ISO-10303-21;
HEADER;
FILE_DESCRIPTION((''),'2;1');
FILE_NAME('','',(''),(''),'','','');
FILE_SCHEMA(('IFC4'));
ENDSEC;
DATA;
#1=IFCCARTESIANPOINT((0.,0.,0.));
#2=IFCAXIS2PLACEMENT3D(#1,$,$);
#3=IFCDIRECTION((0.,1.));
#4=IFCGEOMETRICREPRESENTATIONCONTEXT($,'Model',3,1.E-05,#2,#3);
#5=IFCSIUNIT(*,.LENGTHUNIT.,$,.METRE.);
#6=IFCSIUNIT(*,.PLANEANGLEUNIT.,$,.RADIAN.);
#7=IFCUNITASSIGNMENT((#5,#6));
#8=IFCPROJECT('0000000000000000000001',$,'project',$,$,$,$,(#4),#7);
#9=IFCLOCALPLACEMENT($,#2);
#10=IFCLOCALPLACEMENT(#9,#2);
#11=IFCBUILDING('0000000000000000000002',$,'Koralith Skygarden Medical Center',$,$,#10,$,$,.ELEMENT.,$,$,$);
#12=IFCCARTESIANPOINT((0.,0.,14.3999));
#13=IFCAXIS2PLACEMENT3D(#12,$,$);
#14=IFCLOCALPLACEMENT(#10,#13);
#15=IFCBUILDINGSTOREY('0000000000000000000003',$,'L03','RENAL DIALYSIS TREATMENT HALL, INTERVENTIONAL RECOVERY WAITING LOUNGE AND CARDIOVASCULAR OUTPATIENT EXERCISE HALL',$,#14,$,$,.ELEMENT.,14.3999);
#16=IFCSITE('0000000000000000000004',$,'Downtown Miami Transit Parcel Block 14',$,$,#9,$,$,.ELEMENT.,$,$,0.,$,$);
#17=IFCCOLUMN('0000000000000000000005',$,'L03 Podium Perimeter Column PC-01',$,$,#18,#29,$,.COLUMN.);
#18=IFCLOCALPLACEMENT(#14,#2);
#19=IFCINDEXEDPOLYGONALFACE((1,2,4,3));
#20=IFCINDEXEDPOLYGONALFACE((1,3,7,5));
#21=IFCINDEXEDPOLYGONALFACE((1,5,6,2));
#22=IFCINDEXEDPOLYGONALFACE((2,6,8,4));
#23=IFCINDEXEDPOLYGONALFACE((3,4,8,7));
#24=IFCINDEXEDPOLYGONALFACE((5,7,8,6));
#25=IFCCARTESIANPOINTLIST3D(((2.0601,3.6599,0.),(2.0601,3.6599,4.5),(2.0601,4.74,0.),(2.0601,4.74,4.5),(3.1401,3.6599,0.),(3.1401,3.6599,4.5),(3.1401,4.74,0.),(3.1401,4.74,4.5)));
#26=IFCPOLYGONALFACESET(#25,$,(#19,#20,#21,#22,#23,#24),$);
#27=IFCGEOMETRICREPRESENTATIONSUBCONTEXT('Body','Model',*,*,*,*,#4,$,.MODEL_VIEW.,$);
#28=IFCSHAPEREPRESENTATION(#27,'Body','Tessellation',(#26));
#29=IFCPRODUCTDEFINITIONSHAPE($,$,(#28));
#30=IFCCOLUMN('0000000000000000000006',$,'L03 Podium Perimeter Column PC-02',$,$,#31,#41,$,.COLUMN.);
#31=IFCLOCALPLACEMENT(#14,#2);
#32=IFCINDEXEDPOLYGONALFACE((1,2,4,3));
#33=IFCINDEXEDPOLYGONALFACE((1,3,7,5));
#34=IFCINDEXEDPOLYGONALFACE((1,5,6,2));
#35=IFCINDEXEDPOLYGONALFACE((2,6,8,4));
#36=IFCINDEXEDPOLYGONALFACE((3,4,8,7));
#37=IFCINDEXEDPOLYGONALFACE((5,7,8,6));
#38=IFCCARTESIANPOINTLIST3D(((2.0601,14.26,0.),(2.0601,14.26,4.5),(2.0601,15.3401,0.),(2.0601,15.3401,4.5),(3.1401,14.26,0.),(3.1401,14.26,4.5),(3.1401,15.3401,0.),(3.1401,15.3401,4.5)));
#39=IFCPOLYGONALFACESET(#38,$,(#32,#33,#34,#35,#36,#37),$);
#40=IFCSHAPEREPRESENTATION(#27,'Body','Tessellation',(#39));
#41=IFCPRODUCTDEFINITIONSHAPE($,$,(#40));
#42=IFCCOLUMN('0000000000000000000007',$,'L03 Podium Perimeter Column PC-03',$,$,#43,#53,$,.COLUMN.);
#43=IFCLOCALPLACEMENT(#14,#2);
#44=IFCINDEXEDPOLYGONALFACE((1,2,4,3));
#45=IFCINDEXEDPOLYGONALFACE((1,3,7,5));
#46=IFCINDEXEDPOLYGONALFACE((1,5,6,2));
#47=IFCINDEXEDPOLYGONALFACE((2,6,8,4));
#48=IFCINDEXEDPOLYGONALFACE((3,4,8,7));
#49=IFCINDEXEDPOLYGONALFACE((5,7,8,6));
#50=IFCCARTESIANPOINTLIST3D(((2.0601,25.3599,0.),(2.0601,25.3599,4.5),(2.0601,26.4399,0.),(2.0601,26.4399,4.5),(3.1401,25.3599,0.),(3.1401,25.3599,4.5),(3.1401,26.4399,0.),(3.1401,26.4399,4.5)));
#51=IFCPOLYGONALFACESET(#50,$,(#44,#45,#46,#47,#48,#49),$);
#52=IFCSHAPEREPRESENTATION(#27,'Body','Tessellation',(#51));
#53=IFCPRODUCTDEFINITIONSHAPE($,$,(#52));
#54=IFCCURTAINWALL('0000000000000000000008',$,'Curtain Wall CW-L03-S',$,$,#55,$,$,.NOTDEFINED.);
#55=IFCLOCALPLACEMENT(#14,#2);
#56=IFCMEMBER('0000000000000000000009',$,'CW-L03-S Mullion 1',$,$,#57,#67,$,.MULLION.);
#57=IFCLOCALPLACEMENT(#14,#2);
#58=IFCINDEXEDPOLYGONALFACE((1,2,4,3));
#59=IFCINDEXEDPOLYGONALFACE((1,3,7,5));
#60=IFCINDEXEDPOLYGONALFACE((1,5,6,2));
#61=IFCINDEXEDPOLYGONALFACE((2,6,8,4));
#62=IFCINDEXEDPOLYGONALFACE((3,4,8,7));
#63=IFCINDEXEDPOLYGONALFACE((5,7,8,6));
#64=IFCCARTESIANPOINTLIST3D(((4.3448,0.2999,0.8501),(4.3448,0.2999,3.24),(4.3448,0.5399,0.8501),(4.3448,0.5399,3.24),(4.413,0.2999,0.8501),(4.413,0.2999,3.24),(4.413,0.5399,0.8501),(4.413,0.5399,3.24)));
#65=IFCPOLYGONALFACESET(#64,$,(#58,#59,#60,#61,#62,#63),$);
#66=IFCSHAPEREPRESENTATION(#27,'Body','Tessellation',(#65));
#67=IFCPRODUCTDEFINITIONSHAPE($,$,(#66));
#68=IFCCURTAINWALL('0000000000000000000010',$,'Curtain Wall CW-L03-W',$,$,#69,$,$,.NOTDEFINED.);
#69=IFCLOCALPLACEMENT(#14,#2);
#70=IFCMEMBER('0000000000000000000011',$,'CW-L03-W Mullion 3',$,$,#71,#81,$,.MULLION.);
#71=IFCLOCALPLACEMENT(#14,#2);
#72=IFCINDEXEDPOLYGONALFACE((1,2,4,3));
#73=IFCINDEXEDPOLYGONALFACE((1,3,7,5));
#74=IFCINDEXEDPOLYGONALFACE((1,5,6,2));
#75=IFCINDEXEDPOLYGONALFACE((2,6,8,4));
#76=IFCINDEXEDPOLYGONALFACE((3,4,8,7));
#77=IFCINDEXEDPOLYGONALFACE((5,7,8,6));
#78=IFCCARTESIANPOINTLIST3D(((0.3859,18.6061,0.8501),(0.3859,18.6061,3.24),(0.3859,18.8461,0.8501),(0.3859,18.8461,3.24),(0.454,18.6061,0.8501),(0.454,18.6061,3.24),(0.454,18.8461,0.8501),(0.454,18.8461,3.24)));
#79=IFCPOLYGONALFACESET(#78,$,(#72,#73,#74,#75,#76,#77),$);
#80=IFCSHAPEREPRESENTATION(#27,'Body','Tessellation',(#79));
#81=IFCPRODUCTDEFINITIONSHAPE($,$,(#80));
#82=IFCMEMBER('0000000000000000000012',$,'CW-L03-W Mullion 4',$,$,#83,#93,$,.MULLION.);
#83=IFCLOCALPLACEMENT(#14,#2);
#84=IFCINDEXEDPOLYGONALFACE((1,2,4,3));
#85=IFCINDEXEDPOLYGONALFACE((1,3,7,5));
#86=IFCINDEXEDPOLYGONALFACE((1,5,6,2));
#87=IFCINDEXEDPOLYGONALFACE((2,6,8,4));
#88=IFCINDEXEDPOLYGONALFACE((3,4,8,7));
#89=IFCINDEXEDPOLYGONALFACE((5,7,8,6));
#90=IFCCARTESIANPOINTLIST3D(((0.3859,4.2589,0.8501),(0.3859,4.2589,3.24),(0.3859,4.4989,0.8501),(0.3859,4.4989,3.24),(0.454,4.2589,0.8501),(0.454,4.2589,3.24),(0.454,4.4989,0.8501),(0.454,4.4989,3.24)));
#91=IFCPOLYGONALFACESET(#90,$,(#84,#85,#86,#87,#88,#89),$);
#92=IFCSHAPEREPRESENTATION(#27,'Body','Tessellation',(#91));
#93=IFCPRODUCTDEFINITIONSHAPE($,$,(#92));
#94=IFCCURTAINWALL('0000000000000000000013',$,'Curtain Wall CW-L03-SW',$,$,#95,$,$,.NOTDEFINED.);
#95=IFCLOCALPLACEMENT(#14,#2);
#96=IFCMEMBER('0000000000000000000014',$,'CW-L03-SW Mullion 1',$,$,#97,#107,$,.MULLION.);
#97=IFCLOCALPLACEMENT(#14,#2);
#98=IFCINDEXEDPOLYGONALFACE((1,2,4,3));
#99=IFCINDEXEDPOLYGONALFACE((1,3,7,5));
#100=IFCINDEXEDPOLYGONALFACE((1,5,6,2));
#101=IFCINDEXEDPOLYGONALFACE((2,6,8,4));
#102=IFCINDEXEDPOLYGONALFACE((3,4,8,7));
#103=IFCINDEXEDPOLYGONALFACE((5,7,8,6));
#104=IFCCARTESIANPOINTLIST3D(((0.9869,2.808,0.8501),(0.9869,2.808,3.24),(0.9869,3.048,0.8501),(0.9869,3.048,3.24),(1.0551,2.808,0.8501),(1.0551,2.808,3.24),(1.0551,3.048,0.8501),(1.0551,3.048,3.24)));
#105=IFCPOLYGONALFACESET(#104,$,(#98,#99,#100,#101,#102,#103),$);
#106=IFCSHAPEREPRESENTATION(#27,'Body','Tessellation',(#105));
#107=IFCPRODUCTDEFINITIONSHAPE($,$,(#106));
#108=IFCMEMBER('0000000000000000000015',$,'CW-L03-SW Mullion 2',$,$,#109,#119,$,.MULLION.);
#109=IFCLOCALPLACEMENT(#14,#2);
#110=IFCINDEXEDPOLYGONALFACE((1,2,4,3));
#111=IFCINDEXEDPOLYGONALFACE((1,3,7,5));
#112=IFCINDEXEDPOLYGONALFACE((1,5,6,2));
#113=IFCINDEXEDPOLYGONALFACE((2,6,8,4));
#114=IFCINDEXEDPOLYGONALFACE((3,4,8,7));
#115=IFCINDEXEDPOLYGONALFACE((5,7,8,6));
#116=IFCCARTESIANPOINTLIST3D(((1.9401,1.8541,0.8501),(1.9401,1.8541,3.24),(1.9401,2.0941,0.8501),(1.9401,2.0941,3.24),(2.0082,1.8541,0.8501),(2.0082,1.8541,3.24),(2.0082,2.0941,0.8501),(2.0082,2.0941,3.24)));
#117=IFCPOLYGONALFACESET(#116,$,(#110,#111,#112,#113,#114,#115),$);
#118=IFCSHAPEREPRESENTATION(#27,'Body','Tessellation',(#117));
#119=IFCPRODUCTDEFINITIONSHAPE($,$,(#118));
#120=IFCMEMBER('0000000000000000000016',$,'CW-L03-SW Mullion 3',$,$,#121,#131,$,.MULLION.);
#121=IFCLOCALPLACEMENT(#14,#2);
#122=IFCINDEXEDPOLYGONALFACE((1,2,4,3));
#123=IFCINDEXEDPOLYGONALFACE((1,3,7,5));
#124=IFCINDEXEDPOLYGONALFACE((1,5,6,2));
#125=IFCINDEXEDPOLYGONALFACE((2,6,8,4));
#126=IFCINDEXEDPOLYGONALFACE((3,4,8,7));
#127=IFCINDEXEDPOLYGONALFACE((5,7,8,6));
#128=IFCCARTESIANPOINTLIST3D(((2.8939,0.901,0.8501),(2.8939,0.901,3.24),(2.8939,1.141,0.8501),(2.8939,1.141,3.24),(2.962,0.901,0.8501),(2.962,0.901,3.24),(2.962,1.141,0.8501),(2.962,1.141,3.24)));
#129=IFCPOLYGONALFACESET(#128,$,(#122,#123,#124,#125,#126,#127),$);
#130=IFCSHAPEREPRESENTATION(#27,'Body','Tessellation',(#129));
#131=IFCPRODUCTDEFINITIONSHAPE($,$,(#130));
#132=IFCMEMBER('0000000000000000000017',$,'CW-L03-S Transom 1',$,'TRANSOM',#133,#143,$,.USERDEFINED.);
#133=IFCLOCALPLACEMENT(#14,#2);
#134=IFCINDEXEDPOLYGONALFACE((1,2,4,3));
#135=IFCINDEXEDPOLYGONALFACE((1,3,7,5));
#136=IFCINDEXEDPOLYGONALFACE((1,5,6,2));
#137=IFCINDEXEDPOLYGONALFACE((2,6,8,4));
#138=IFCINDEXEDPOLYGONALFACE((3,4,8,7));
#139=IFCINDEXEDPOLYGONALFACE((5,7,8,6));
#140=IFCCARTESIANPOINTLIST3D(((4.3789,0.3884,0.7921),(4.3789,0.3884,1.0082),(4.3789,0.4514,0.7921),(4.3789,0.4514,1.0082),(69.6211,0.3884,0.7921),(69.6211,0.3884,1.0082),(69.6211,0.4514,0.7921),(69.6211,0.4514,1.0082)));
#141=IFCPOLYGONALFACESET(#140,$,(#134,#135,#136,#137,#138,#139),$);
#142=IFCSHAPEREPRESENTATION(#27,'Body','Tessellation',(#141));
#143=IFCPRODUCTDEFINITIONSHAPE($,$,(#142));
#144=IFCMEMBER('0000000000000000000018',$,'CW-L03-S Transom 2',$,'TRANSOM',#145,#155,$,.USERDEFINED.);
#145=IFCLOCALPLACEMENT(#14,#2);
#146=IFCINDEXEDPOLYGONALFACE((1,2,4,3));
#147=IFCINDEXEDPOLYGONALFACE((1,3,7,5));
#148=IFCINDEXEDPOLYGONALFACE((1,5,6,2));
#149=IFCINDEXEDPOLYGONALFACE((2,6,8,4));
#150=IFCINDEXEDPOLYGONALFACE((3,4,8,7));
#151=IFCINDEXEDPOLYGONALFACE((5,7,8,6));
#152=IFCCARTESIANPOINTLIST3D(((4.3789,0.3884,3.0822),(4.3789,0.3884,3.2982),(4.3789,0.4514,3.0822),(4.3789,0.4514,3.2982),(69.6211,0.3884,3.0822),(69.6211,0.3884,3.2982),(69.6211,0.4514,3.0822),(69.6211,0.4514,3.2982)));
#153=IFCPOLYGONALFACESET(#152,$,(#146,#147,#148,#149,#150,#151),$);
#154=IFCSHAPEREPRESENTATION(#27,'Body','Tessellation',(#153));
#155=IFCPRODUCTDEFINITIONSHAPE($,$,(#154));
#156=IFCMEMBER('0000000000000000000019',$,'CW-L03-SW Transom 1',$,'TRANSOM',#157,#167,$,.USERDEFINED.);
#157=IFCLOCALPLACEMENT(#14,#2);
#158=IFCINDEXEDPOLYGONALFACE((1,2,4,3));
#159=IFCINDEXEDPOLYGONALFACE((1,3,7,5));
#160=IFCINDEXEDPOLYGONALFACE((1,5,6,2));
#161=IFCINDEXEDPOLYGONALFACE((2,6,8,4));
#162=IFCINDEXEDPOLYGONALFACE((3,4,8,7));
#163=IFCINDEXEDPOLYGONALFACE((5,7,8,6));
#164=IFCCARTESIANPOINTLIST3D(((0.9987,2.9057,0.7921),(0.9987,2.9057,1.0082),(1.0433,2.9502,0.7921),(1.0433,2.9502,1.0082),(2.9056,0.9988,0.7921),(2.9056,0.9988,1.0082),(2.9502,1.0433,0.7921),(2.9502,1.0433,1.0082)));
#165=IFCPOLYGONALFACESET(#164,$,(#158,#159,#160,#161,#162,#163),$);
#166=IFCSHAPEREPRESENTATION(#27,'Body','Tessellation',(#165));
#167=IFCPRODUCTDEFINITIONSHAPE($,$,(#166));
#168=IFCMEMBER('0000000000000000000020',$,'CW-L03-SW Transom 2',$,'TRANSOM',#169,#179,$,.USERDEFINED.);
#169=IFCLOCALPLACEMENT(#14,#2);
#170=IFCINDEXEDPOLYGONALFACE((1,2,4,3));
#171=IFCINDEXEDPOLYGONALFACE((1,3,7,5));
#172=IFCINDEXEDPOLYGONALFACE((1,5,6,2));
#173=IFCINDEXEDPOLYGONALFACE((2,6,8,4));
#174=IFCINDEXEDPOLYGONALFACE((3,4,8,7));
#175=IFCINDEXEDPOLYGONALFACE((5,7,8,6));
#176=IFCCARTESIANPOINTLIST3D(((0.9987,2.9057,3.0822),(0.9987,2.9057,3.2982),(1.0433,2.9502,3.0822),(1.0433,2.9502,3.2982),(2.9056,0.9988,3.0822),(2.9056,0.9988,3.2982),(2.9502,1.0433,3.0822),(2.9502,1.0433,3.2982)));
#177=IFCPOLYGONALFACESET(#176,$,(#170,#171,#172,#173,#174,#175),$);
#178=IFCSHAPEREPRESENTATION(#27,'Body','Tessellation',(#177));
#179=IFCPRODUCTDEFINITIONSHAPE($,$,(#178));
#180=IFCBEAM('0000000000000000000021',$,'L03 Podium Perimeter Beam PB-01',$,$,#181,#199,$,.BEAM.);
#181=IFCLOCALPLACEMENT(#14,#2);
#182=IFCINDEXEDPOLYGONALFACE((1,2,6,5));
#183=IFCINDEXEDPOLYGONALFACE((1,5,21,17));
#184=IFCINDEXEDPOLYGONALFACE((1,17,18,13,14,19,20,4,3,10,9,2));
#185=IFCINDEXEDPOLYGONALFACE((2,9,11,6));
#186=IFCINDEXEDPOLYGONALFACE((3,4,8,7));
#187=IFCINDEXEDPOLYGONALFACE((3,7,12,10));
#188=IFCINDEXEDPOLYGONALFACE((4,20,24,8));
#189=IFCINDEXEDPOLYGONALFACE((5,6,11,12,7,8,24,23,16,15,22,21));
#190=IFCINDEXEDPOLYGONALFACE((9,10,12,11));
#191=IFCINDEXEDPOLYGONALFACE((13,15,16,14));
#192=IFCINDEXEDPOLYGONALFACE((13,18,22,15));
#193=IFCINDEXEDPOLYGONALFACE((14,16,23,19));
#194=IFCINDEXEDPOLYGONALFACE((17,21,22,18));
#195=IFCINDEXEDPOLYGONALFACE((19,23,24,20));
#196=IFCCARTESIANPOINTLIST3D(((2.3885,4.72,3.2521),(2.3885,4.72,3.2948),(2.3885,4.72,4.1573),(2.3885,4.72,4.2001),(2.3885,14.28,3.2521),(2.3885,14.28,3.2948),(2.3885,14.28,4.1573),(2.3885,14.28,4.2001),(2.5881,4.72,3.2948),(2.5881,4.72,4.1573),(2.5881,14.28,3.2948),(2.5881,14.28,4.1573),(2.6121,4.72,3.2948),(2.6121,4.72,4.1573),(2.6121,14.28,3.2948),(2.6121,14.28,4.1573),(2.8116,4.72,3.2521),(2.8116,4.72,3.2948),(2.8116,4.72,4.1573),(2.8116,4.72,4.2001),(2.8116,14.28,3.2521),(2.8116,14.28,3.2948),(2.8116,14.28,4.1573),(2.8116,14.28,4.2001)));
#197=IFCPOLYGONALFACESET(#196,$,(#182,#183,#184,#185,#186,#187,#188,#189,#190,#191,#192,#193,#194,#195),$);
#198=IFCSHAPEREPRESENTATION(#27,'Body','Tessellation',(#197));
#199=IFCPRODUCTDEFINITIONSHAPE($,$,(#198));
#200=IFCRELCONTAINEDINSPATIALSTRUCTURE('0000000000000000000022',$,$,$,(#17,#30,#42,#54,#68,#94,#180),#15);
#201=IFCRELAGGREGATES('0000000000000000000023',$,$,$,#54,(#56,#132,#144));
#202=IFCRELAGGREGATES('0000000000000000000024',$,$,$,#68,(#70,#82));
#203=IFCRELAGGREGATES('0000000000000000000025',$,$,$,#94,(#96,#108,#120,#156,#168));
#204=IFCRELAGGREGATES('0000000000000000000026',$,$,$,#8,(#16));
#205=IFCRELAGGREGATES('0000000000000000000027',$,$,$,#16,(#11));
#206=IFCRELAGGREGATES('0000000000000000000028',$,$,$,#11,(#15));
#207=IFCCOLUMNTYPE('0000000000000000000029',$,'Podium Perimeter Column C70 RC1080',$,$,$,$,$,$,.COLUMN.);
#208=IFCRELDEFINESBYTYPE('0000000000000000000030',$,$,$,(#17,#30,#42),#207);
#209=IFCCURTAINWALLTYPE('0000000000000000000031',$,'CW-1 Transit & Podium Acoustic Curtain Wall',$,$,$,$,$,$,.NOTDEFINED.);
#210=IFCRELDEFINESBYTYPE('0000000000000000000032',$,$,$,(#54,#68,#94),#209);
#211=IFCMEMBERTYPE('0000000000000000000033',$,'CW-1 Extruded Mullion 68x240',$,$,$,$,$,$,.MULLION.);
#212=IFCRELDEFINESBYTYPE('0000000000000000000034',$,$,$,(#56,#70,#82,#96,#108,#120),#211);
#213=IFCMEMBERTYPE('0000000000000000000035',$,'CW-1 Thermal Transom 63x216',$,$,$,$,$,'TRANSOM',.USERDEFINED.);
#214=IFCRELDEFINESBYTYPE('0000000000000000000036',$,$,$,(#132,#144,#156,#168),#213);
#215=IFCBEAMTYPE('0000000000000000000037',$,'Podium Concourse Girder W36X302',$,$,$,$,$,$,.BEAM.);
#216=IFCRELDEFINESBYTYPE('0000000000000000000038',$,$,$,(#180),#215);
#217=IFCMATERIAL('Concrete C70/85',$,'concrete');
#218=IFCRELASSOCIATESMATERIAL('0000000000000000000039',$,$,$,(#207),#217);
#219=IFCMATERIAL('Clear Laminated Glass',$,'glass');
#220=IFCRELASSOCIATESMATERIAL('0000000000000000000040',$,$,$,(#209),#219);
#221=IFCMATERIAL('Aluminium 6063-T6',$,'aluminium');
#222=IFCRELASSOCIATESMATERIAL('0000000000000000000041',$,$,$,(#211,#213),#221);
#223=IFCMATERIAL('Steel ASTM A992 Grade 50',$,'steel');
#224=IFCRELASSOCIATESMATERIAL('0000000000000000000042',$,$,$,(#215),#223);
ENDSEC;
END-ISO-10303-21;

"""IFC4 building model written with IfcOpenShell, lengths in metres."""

from ifc_helpers import new_model, si_unit, direction, frame, origin, origin_2d, place, context, subcontext, project, spatial, rectangle, i_section, extrude, material, material_profile, profile_set, type_object, element, aggregate, save


model = new_model("IFC4")

# Units and contexts
model_context = context("Model", 3, precision=1e-05, world=origin(), true_north=direction((0.0, 1.0)))
body_context = subcontext(model_context, "Body", "Model", "MODEL_VIEW")
ifc_project = project(units=[si_unit("LENGTHUNIT", "METRE"), si_unit("PLANEANGLEUNIT", "RADIAN")], contexts=[model_context])

# Site, building, storey
site_placement = place(None, origin())
site = spatial("IfcSite", under=ifc_project, at=site_placement, Name="Downtown Miami Transit Parcel Block 14", CompositionType="ELEMENT", RefElevation=0.0)
building_placement = place(site_placement, origin())
building = spatial("IfcBuilding", under=site, at=building_placement, Name="Koralith Skygarden Medical Center", CompositionType="ELEMENT")
storey_placement = place(building_placement, frame((0.0, 0.0, 14.3999)))
storey = spatial("IfcBuildingStorey", under=building, at=storey_placement, Name="L03", Description="RENAL DIALYSIS TREATMENT HALL, INTERVENTIONAL RECOVERY WAITING LOUNGE AND CARDIOVASCULAR OUTPATIENT EXERCISE HALL", CompositionType="ELEMENT", Elevation=14.3999)

# Columns
ifc_material_1 = material(Name="Concrete C70/85", Category="concrete")
ifc_material_profile_1 = material_profile(ifc_material_1, rectangle(XDim=1.0801, YDim=1.0801, at=origin_2d()), Name="RC1080X1080")
ifc_profile_set_1 = profile_set([ifc_material_profile_1], Name="Concrete C70/85")
column_type = type_object("IfcColumnType", Name="Podium Perimeter Column C70 RC1080", PredefinedType="COLUMN", material=ifc_profile_set_1)
for number, where, z_axis, x_axis, name in (
    (1, (2.6001, 4.2, 0.0), (0.0, 0.0, 1.0), (1.0, 0.0, 0.0), "L03 Podium Perimeter Column PC-01"),
    (2, (2.6001, 14.8, 0.0), (0.0, 0.0, 1.0), (1.0, 0.0, 0.0), "L03 Podium Perimeter Column PC-02"),
    (3, (2.6001, 25.8999, 0.0), (0.0, 0.0, 1.0), (1.0, 0.0, 0.0), "L03 Podium Perimeter Column PC-03"),
):
    element("IfcColumn", number, at=place(storey_placement, frame(where, z_axis=z_axis, x_axis=x_axis)), inside=storey, type_object=column_type, Name=name, PredefinedType="COLUMN", context=body_context, shape_type="SweptSolid", body=[
        extrude(rectangle(XDim=1.0801, YDim=1.0801, at=origin_2d()), origin(), (0.0, 0.0, 1.0), 4.5),
    ])

# Curtain wall, member
ifc_material_2 = material(Name="Clear Laminated Glass", Category="glass")
curtain_wall_type = type_object("IfcCurtainWallType", Name="CW-1 Transit & Podium Acoustic Curtain Wall", PredefinedType="NOTDEFINED", material=ifc_material_2)
curtain_wall_1_placement = place(storey_placement, origin())
curtain_wall_1 = element("IfcCurtainWall", 4, at=curtain_wall_1_placement, inside=storey, type_object=curtain_wall_type, Name="Curtain Wall CW-L03-S", PredefinedType="NOTDEFINED")
ifc_material_3 = material(Name="Aluminium 6063-T6", Category="aluminium")
ifc_material_profile_2 = material_profile(ifc_material_3, rectangle(XDim=0.0681, YDim=0.24, at=origin_2d()), Name="MUL68X240")
ifc_profile_set_2 = profile_set([ifc_material_profile_2], Name="Aluminium 6063-T6")
member_type_1 = type_object("IfcMemberType", Name="CW-1 Extruded Mullion 68x240", PredefinedType="MULLION", material=ifc_profile_set_2)
member_1_placement = place(storey_placement, frame((4.3789, 0.4199, 0.8501), z_axis=(0.0, 0.0, 1.0), x_axis=(1.0, 0.0, 0.0)))
member_1 = element("IfcMember", 5, at=member_1_placement, type_object=member_type_1, Name="CW-L03-S Mullion 1", PredefinedType="MULLION", context=body_context, shape_type="SweptSolid", body=[
    extrude(rectangle(XDim=0.0681, YDim=0.24, at=origin_2d()), origin(), (0.0, 0.0, 1.0), 2.3899),
])

# Curtain walls, members
curtain_wall_2_placement = place(storey_placement, origin())
curtain_wall_2 = element("IfcCurtainWall", 6, at=curtain_wall_2_placement, inside=storey, type_object=curtain_wall_type, Name="Curtain Wall CW-L03-W", PredefinedType="NOTDEFINED")
member_2_placement = place(storey_placement, frame((0.4199, 18.7261, 0.8501), z_axis=(0.0, 0.0, 1.0), x_axis=(1.0, 0.0, 0.0)))
member_2 = element("IfcMember", 7, at=member_2_placement, type_object=member_type_1, Name="CW-L03-W Mullion 3", PredefinedType="MULLION", context=body_context, shape_type="SweptSolid", body=[
    extrude(rectangle(XDim=0.0681, YDim=0.24, at=origin_2d()), origin(), (0.0, 0.0, 1.0), 2.3899),
])
member_3_placement = place(storey_placement, frame((0.4199, 4.3789, 0.8501), z_axis=(0.0, 0.0, 1.0), x_axis=(1.0, 0.0, 0.0)))
member_3 = element("IfcMember", 8, at=member_3_placement, type_object=member_type_1, Name="CW-L03-W Mullion 4", PredefinedType="MULLION", context=body_context, shape_type="SweptSolid", body=[
    extrude(rectangle(XDim=0.0681, YDim=0.24, at=origin_2d()), origin(), (0.0, 0.0, 1.0), 2.3899),
])
curtain_wall_3_placement = place(storey_placement, origin())
curtain_wall_3 = element("IfcCurtainWall", 9, at=curtain_wall_3_placement, inside=storey, type_object=curtain_wall_type, Name="Curtain Wall CW-L03-SW", PredefinedType="NOTDEFINED")
member_4_placement = place(storey_placement, frame((1.021, 2.928, 0.8501), z_axis=(0.0, 0.0, 1.0), x_axis=(1.0, 0.0, 0.0)))
member_4 = element("IfcMember", 10, at=member_4_placement, type_object=member_type_1, Name="CW-L03-SW Mullion 1", PredefinedType="MULLION", context=body_context, shape_type="SweptSolid", body=[
    extrude(rectangle(XDim=0.0681, YDim=0.24, at=origin_2d()), origin(), (0.0, 0.0, 1.0), 2.3899),
])
member_5_placement = place(storey_placement, frame((1.9741, 1.9741, 0.8501), z_axis=(0.0, 0.0, 1.0), x_axis=(1.0, 0.0, 0.0)))
member_5 = element("IfcMember", 11, at=member_5_placement, type_object=member_type_1, Name="CW-L03-SW Mullion 2", PredefinedType="MULLION", context=body_context, shape_type="SweptSolid", body=[
    extrude(rectangle(XDim=0.0681, YDim=0.24, at=origin_2d()), origin(), (0.0, 0.0, 1.0), 2.3899),
])
member_6_placement = place(storey_placement, frame((2.928, 1.021, 0.8501), z_axis=(0.0, 0.0, 1.0), x_axis=(1.0, 0.0, 0.0)))
member_6 = element("IfcMember", 12, at=member_6_placement, type_object=member_type_1, Name="CW-L03-SW Mullion 3", PredefinedType="MULLION", context=body_context, shape_type="SweptSolid", body=[
    extrude(rectangle(XDim=0.0681, YDim=0.24, at=origin_2d()), origin(), (0.0, 0.0, 1.0), 2.3899),
])

# Members
ifc_material_profile_3 = material_profile(ifc_material_3, rectangle(XDim=0.063, YDim=0.2161, at=origin_2d()), Name="TRN63X216")
ifc_profile_set_3 = profile_set([ifc_material_profile_3], Name="Aluminium 6063-T6")
member_type_2 = type_object("IfcMemberType", Name="CW-1 Thermal Transom 63x216", ElementType="TRANSOM", PredefinedType="USERDEFINED", material=ifc_profile_set_3)
member_7_placement = place(storey_placement, frame((4.3789, 0.4199, 0.9001), z_axis=(1.0, 0.0, 0.0), x_axis=(0.0, 1.0, 0.0)))
member_7 = element("IfcMember", 13, at=member_7_placement, type_object=member_type_2, Name="CW-L03-S Transom 1", ObjectType="TRANSOM", PredefinedType="USERDEFINED", context=body_context, shape_type="SweptSolid", body=[
    extrude(rectangle(XDim=0.063, YDim=0.2161, at=origin_2d()), origin(), (0.0, 0.0, 1.0), 65.2422),
])
member_8_placement = place(storey_placement, frame((4.3789, 0.4199, 3.1902), z_axis=(1.0, 0.0, 0.0), x_axis=(0.0, 1.0, 0.0)))
member_8 = element("IfcMember", 14, at=member_8_placement, type_object=member_type_2, Name="CW-L03-S Transom 2", ObjectType="TRANSOM", PredefinedType="USERDEFINED", context=body_context, shape_type="SweptSolid", body=[
    extrude(rectangle(XDim=0.063, YDim=0.2161, at=origin_2d()), origin(), (0.0, 0.0, 1.0), 65.2422),
])
aggregate(curtain_wall_1, [member_1, member_7, member_8])
member_9_placement = place(storey_placement, frame((1.021, 2.928, 0.9001), z_axis=(0.707107, -0.707107, 0.0), x_axis=(0.707107, 0.707107, 0.0)))
member_9 = element("IfcMember", 15, at=member_9_placement, type_object=member_type_2, Name="CW-L03-SW Transom 1", ObjectType="TRANSOM", PredefinedType="USERDEFINED", context=body_context, shape_type="SweptSolid", body=[
    extrude(rectangle(XDim=0.063, YDim=0.2161, at=origin_2d()), origin(), (0.0, 0.0, 1.0), 2.6968),
])
member_10_placement = place(storey_placement, frame((1.021, 2.928, 3.1902), z_axis=(0.707107, -0.707107, 0.0), x_axis=(0.707107, 0.707107, 0.0)))
member_10 = element("IfcMember", 16, at=member_10_placement, type_object=member_type_2, Name="CW-L03-SW Transom 2", ObjectType="TRANSOM", PredefinedType="USERDEFINED", context=body_context, shape_type="SweptSolid", body=[
    extrude(rectangle(XDim=0.063, YDim=0.2161, at=origin_2d()), origin(), (0.0, 0.0, 1.0), 2.6968),
])

# Beam
ifc_material_4 = material(Name="Steel ASTM A992 Grade 50", Category="steel")
ifc_material_profile_4 = material_profile(ifc_material_4, i_section(OverallWidth=0.4231, OverallDepth=0.948, WebThickness=0.0239, FlangeThickness=0.0427, at=origin_2d()), Name="W36X302")
ifc_profile_set_4 = profile_set([ifc_material_profile_4], Name="Steel ASTM A992 Grade 50")
beam_type = type_object("IfcBeamType", Name="Podium Concourse Girder W36X302", PredefinedType="BEAM", material=ifc_profile_set_4)
beam_1_placement = place(storey_placement, frame((2.6001, 14.28, 3.7261), z_axis=(0.0, -1.0, 0.0), x_axis=(1.0, 0.0, 0.0)))
element("IfcBeam", 17, at=beam_1_placement, inside=storey, type_object=beam_type, Name="L03 Podium Perimeter Beam PB-01", PredefinedType="BEAM", context=body_context, shape_type="SweptSolid", body=[
    extrude(i_section(OverallWidth=0.4231, OverallDepth=0.948, WebThickness=0.0239, FlangeThickness=0.0427, at=origin_2d()), origin(), (0.0, 0.0, 1.0), 9.5601),
])

aggregate(curtain_wall_2, [member_2, member_3])
aggregate(curtain_wall_3, [member_4, member_5, member_6, member_9, member_10])

save(model, "model.ifc")
